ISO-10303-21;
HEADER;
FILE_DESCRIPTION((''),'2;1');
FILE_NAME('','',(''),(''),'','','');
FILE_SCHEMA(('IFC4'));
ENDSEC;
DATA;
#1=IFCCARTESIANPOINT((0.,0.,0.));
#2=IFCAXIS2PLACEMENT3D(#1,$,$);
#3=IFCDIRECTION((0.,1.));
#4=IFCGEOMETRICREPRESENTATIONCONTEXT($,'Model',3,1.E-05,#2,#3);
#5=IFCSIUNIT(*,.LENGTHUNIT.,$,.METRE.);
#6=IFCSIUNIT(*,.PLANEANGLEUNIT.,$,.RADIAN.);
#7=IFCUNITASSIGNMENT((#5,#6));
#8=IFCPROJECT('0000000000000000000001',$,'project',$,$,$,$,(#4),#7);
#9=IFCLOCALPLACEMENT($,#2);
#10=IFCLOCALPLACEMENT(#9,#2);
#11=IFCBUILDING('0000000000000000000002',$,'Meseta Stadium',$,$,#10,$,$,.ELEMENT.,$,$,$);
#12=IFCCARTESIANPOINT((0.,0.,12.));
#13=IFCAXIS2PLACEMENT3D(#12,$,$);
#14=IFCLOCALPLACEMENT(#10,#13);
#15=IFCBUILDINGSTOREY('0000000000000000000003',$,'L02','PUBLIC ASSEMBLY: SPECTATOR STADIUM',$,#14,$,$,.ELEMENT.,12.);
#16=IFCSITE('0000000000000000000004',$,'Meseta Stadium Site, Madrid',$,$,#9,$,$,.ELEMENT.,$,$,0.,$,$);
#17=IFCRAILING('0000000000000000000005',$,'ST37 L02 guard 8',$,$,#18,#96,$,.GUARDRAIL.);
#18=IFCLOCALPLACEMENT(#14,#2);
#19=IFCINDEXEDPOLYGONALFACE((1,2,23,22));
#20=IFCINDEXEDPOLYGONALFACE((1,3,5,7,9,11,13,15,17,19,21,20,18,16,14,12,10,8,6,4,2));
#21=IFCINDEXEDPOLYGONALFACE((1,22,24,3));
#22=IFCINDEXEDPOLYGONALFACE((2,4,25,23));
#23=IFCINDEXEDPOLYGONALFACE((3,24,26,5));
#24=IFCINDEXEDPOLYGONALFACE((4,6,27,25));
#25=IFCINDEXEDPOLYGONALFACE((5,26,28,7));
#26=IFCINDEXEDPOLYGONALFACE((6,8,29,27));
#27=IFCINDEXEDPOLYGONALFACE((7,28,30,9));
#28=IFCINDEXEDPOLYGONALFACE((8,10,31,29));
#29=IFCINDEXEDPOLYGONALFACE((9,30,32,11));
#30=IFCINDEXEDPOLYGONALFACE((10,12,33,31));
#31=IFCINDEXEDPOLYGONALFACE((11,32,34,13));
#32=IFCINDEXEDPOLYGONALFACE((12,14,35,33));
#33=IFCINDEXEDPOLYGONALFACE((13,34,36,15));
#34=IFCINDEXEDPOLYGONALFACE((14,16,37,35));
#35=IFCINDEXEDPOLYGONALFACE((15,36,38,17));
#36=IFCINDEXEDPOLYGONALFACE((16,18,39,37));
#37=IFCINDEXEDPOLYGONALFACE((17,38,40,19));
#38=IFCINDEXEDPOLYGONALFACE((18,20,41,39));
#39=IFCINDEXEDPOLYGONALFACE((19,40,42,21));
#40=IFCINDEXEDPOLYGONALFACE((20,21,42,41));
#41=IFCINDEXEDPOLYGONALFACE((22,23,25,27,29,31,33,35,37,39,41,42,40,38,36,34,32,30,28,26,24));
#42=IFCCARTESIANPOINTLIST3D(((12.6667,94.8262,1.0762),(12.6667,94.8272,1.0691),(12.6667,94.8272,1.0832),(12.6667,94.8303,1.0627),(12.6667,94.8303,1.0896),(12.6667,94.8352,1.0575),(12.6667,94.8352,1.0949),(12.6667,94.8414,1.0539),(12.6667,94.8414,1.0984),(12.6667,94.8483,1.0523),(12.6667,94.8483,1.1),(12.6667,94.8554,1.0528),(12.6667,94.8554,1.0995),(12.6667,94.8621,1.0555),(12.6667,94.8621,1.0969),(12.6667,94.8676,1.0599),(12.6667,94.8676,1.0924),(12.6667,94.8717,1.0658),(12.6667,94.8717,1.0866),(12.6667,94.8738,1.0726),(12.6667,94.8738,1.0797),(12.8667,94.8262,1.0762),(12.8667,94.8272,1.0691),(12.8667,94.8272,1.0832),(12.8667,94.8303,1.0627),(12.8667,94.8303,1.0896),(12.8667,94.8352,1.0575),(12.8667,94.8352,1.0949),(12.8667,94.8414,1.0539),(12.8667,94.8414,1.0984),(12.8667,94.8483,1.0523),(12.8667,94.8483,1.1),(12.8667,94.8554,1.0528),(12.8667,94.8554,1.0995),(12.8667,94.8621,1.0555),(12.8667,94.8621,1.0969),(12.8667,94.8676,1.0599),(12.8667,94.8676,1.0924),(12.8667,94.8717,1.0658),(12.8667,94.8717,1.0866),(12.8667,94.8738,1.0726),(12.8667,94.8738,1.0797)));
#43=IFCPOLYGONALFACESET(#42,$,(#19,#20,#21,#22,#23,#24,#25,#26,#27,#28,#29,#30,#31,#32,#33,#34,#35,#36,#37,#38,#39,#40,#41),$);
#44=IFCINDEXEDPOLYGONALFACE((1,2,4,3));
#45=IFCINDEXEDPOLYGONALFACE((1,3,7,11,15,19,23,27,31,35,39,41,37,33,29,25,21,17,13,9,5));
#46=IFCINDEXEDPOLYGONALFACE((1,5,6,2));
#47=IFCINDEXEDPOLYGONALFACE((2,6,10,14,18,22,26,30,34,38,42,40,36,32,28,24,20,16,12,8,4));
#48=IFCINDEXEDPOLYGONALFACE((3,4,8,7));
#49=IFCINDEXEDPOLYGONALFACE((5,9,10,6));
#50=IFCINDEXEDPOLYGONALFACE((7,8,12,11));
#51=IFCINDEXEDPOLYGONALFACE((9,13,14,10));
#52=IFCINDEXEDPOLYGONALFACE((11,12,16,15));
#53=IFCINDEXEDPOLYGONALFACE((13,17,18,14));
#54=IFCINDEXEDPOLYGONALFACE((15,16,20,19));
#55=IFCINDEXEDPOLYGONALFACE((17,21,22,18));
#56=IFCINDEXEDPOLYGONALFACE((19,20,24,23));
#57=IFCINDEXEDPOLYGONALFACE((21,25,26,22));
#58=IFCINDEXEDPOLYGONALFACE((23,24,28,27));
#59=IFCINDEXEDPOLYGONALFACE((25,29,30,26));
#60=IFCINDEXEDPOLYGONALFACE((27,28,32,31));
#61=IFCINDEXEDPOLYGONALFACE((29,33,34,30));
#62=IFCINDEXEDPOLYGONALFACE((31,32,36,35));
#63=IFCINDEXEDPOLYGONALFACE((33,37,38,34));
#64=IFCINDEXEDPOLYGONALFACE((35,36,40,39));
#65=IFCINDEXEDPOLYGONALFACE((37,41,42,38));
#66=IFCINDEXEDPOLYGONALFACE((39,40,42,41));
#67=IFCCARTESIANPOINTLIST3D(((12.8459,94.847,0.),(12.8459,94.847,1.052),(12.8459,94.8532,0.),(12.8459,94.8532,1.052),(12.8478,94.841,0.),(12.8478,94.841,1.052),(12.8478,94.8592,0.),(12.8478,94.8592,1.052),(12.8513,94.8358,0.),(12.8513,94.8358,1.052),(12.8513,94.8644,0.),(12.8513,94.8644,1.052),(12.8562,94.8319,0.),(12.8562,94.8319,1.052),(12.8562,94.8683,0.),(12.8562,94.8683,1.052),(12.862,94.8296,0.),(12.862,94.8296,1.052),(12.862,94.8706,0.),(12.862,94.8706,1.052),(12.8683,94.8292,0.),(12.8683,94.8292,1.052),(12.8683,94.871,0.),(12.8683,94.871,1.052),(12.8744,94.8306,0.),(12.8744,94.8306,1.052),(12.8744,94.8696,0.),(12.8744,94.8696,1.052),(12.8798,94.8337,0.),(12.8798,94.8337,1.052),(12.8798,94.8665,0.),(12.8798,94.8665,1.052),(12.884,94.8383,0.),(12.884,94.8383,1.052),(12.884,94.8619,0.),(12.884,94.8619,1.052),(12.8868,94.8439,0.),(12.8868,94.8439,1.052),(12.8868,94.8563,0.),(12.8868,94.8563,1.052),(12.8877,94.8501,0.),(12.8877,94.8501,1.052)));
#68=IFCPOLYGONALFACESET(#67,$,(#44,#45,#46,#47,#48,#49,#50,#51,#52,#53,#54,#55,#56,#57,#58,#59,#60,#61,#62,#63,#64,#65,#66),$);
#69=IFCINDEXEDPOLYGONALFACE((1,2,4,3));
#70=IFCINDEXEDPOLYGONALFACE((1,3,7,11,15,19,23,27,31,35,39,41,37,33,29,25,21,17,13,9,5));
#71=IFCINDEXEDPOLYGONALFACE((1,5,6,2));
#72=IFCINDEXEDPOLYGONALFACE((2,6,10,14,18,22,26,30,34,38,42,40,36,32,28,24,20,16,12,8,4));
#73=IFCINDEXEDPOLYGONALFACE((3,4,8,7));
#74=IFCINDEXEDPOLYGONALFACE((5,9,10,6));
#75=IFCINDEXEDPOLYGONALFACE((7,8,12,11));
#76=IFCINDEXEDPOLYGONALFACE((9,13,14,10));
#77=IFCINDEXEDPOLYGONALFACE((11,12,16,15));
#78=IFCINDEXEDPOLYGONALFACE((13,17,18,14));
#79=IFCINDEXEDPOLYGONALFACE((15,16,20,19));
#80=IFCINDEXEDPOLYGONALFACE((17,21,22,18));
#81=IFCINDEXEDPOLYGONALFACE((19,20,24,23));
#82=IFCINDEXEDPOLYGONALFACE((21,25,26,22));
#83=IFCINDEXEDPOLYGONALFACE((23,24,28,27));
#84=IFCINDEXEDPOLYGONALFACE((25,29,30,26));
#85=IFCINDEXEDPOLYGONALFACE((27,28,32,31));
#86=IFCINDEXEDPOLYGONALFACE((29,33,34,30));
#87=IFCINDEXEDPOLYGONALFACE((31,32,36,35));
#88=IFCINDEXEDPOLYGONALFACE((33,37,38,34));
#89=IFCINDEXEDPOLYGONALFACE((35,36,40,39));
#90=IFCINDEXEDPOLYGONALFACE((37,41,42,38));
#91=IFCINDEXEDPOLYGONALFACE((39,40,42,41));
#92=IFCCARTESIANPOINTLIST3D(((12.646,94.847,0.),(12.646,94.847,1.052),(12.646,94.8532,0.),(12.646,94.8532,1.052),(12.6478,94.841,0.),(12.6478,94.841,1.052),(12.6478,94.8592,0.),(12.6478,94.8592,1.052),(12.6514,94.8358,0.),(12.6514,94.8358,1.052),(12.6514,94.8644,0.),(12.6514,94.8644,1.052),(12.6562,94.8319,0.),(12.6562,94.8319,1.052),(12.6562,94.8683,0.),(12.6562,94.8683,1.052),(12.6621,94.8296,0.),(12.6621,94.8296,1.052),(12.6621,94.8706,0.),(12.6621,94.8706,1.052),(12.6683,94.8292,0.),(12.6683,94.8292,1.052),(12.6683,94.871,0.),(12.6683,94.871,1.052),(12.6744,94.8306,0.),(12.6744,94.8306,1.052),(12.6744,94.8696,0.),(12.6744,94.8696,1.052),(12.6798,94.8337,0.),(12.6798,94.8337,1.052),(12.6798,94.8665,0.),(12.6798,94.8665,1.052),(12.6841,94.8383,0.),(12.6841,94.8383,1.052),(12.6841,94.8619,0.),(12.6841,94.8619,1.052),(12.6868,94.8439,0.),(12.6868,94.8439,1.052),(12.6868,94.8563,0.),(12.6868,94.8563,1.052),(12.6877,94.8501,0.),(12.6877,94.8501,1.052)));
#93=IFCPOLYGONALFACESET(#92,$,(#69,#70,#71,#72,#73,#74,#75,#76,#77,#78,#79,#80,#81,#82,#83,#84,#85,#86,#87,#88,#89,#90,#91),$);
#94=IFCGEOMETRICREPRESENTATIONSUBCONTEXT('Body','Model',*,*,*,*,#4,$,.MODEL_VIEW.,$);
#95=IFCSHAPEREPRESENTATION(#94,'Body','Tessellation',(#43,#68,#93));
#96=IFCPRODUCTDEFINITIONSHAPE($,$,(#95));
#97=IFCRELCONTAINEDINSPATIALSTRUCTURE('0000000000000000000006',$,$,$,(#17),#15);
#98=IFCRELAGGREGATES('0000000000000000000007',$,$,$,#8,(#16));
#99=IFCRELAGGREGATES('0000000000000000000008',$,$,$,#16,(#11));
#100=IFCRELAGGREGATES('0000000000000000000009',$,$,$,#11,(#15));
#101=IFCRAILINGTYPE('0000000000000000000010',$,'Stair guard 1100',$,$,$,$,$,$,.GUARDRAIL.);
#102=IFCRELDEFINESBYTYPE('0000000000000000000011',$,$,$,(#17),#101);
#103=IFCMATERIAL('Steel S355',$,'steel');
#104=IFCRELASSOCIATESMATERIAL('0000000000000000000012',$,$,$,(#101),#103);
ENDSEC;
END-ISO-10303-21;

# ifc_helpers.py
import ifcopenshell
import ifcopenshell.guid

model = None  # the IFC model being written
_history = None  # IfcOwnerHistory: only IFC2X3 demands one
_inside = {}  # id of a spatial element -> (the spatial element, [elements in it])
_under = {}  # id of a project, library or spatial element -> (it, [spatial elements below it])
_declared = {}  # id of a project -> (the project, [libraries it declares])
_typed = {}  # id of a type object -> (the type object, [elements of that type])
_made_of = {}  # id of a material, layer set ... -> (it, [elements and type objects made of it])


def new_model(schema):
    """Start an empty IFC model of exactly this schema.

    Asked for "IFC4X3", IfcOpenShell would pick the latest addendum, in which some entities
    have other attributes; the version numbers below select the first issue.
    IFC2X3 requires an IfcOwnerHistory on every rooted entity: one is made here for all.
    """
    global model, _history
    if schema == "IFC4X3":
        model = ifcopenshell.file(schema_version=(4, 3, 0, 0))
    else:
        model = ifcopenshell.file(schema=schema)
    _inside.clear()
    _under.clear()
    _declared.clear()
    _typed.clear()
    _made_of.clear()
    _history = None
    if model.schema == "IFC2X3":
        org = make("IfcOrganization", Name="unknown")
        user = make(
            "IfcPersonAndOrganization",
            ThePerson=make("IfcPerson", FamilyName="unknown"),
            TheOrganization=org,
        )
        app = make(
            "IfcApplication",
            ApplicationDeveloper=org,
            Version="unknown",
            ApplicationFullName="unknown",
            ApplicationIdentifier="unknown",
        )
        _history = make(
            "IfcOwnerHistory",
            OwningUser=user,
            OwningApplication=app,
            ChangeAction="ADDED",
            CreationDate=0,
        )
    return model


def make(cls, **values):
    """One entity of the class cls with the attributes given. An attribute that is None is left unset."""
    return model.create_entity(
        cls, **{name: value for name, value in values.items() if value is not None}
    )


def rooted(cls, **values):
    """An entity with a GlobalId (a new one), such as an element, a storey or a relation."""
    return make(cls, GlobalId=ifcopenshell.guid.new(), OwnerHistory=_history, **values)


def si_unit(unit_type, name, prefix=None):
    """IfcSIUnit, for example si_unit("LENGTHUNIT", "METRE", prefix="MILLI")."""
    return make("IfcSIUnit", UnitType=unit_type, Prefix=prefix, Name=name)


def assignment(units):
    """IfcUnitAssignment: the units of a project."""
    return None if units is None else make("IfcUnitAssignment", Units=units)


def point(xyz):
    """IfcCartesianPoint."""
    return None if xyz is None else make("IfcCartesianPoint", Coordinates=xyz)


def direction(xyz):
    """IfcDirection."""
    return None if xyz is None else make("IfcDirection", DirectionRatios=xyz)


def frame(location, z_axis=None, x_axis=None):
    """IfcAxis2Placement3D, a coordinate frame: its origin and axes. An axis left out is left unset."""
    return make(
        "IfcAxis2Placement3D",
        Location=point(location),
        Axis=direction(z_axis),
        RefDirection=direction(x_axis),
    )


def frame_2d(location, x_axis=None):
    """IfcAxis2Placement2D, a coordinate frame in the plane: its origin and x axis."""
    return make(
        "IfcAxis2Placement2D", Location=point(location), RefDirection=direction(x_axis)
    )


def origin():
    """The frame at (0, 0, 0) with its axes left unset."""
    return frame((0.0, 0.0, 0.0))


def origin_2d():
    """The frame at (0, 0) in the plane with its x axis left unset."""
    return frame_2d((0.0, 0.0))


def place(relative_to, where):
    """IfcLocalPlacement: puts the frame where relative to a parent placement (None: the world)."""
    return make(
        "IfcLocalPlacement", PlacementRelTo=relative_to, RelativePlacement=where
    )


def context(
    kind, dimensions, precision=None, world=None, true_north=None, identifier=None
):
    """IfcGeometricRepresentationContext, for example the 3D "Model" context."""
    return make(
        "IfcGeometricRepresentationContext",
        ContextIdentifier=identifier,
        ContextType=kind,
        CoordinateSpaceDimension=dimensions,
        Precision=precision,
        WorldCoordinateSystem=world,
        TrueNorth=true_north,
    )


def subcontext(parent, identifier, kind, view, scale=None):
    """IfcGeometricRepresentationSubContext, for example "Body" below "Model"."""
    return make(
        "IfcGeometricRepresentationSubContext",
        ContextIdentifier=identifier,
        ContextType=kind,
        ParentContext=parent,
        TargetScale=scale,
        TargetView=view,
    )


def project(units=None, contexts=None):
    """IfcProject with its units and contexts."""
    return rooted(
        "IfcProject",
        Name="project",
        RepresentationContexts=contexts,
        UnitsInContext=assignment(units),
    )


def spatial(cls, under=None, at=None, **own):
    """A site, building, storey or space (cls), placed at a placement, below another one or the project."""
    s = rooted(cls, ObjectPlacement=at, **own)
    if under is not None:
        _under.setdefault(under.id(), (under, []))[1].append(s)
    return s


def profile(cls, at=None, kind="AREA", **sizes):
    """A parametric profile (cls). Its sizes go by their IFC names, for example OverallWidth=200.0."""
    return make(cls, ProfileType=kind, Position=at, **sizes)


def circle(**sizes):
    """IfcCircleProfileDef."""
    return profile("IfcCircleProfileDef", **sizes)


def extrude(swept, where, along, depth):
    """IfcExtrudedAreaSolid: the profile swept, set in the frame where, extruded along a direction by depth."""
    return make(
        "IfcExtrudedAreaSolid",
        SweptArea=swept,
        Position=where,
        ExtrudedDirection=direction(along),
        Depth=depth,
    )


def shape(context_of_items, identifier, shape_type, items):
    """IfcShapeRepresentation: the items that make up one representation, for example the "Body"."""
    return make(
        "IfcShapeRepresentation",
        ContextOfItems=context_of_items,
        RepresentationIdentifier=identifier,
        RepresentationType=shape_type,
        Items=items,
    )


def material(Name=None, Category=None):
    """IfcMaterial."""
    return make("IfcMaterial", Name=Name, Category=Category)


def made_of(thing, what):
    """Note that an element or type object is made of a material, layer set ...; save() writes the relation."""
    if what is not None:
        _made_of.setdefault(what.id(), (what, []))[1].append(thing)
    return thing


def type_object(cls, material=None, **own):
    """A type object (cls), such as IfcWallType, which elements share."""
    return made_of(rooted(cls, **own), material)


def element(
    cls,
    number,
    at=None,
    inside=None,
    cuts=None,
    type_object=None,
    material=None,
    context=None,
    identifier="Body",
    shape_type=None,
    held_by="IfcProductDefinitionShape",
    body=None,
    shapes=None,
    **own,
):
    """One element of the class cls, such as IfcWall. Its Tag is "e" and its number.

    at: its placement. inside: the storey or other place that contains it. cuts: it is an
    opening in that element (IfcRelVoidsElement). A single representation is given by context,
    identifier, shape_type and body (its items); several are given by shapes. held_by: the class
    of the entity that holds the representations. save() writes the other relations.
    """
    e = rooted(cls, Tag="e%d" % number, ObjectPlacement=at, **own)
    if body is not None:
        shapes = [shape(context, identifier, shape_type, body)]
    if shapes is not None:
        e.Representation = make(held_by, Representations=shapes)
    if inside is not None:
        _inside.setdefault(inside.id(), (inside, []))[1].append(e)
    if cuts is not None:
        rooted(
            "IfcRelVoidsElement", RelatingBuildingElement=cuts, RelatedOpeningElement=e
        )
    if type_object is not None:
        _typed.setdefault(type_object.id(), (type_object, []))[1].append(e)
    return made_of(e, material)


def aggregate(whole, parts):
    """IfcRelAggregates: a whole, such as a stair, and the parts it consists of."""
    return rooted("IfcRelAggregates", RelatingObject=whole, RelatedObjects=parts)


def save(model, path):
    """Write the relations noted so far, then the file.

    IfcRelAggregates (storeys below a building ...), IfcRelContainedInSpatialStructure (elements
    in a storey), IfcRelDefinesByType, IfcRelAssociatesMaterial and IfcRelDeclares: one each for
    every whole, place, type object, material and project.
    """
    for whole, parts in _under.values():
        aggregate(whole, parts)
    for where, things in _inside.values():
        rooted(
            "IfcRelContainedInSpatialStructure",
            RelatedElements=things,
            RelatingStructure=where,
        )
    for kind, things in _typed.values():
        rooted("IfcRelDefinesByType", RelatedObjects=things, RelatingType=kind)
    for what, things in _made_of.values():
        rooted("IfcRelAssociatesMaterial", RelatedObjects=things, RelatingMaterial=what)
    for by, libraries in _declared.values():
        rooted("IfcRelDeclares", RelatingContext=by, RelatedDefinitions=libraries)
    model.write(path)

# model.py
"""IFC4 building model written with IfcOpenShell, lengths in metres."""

from ifc_helpers import new_model, si_unit, direction, frame, origin, origin_2d, place, context, subcontext, project, spatial, circle, extrude, material, type_object, element, save


model = new_model("IFC4")

# Units and contexts
model_context = context("Model", 3, precision=1e-05, world=origin(), true_north=direction((0.0, 1.0)))
body_context = subcontext(model_context, "Body", "Model", "MODEL_VIEW")
ifc_project = project(units=[si_unit("LENGTHUNIT", "METRE"), si_unit("PLANEANGLEUNIT", "RADIAN")], contexts=[model_context])

# Site, building, storey
site_placement = place(None, origin())
site = spatial("IfcSite", under=ifc_project, at=site_placement, Name="Meseta Stadium Site, Madrid", CompositionType="ELEMENT", RefElevation=0.0)
building_placement = place(site_placement, origin())
building = spatial("IfcBuilding", under=site, at=building_placement, Name="Meseta Stadium", CompositionType="ELEMENT")
storey_placement = place(building_placement, frame((0.0, 0.0, 12.0)))
storey = spatial("IfcBuildingStorey", under=building, at=storey_placement, Name="L02", Description="PUBLIC ASSEMBLY: SPECTATOR STADIUM", CompositionType="ELEMENT", Elevation=12.0)

# Railing
ifc_material_1 = material(Name="Steel S355", Category="steel")
railing_type_1 = type_object("IfcRailingType", Name="Stair guard 1100", PredefinedType="GUARDRAIL", material=ifc_material_1)
railing_1_placement = place(storey_placement, frame((12.8667, 94.8501, 0.0)))
element("IfcRailing", 1, at=railing_1_placement, inside=storey, type_object=railing_type_1, Name="ST37 L02 guard 8", PredefinedType="GUARDRAIL", context=body_context, shape_type="SweptSolid", body=[
    extrude(circle(Radius=0.0239, at=origin_2d()), frame((0.0, 0.0, 1.0762), z_axis=(-1.0, 0.0, 0.0), x_axis=(0.0, -1.0, 0.0)), (0.0, 0.0, 1.0), 0.2),
    extrude(circle(Radius=0.021, at=origin_2d()), origin(), (0.0, 0.0, 1.0), 1.052),
    extrude(circle(Radius=0.021, at=origin_2d()), frame((-0.2, 0.0, 0.0)), (0.0, 0.0, 1.0), 1.052),
])

save(model, "model.ifc")
